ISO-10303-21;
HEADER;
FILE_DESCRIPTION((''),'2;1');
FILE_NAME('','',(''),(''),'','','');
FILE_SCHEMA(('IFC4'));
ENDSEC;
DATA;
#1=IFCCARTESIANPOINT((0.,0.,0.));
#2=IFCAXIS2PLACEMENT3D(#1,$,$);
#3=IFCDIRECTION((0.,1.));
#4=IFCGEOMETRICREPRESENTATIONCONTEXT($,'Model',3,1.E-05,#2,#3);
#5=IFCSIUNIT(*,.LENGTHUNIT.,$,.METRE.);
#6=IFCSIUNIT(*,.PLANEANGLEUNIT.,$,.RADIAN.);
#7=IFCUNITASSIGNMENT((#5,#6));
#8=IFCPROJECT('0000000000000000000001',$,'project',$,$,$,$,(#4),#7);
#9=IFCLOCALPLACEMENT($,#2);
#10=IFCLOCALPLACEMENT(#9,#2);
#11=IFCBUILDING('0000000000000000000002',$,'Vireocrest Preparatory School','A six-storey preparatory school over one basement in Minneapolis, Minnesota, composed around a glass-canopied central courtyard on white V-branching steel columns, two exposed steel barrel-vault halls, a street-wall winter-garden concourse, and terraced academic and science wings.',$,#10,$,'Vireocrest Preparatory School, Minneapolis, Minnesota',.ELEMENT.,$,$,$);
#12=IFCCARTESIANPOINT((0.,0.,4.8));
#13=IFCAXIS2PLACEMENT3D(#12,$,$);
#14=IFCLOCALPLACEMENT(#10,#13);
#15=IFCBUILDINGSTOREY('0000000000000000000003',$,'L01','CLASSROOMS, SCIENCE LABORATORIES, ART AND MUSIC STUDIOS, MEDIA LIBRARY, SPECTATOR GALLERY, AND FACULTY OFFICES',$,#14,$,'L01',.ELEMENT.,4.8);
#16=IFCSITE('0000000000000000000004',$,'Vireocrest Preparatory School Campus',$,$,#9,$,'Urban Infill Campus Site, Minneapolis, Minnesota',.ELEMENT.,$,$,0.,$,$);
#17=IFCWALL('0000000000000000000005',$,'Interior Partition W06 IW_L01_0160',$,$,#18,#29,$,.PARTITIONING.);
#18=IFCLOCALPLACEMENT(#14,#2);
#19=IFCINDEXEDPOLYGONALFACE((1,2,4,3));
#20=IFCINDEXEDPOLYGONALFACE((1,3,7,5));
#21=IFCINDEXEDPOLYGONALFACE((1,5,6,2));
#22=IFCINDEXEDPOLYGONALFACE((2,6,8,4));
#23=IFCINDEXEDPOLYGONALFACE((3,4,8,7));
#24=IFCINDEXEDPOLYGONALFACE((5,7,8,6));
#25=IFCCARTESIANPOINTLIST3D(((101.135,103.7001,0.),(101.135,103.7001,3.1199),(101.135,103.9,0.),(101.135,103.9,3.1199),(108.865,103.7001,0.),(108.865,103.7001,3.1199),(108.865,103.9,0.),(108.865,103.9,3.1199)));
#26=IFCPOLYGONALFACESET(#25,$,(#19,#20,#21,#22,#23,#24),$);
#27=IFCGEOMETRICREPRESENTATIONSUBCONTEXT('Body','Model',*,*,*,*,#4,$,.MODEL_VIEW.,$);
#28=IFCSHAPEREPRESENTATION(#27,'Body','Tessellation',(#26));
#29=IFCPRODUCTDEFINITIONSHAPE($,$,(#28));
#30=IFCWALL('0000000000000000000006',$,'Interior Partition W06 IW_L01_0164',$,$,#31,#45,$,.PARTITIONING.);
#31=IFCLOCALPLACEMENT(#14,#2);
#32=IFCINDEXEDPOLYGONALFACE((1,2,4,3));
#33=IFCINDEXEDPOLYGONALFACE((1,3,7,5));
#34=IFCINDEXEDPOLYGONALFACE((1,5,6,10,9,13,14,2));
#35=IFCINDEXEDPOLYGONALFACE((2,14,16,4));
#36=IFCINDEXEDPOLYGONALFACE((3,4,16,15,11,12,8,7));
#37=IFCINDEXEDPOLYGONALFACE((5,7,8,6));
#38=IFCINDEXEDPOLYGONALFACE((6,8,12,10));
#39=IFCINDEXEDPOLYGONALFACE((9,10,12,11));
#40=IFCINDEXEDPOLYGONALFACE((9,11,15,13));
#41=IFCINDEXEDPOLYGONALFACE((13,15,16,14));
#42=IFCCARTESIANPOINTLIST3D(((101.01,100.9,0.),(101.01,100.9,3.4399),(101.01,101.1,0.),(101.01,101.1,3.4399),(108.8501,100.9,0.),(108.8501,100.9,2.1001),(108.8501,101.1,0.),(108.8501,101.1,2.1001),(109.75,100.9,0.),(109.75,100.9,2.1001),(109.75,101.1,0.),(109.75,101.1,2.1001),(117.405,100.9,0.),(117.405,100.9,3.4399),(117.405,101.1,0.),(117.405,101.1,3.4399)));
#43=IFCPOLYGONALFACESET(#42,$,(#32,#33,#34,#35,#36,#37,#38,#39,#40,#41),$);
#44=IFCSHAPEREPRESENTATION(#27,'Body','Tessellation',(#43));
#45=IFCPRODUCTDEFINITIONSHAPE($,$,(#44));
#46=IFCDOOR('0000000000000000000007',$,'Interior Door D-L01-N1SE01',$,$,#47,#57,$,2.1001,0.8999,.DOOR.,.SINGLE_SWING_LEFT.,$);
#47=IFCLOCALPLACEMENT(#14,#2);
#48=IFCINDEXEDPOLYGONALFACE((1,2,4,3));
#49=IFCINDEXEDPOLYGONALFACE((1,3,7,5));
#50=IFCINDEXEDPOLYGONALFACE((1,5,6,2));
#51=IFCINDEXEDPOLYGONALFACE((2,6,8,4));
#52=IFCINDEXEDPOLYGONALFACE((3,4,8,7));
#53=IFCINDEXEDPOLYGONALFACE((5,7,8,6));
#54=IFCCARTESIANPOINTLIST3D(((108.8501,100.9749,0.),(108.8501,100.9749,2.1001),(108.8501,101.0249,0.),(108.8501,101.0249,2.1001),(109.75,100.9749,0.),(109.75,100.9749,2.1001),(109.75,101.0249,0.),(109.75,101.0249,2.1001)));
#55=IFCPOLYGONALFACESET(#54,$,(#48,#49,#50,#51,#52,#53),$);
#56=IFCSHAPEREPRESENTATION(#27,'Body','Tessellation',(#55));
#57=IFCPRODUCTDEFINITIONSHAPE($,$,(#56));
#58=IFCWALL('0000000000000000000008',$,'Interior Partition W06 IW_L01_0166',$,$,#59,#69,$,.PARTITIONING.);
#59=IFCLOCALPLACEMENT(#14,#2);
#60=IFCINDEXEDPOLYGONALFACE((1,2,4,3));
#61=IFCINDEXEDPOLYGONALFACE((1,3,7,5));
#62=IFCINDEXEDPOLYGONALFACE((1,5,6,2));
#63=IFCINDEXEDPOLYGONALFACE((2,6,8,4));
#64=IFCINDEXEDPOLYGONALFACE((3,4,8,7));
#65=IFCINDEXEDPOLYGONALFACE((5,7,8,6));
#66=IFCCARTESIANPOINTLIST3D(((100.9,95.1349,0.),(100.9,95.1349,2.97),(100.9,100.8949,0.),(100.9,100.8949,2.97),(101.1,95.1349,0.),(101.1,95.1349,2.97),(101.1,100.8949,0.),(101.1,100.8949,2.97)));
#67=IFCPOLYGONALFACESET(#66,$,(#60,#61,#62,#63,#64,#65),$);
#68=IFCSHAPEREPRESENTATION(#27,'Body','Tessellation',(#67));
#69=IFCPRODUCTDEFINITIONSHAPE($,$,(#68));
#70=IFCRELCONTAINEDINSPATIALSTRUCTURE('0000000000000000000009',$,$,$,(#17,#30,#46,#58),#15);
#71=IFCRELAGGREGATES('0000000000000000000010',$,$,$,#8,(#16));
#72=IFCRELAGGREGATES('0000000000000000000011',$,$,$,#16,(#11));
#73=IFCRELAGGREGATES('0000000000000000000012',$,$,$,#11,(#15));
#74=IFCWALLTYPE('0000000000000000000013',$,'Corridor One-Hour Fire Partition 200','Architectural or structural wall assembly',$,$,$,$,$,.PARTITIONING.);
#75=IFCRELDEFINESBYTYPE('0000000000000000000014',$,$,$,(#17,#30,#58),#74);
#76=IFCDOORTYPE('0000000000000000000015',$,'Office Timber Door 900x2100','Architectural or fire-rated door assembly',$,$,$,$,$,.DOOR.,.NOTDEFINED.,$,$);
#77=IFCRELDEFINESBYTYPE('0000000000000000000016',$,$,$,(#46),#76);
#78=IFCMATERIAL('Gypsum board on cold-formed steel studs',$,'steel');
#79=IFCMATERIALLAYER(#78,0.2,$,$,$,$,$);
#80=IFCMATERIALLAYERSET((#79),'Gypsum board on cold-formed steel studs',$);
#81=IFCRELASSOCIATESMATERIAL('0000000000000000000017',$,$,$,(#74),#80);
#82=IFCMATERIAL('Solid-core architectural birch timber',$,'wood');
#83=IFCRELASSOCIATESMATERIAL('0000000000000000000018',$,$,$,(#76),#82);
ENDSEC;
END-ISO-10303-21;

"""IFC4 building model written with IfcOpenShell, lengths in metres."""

from ifc_helpers import new_model, si_unit, direction, frame, frame_2d, origin, place, context, subcontext, project, spatial, rectangle, extrude, material, layer, layer_set, type_object, element, fill, save


model = new_model("IFC4")

# Units and contexts
model_context = context("Model", 3, precision=1e-05, world=origin(), true_north=direction((0.0, 1.0)))
body_context = subcontext(model_context, "Body", "Model", "MODEL_VIEW")
ifc_project = project(units=[si_unit("LENGTHUNIT", "METRE"), si_unit("PLANEANGLEUNIT", "RADIAN")], contexts=[model_context])

# Site, building, storey
site_placement = place(None, origin())
site = spatial("IfcSite", under=ifc_project, at=site_placement, Name="Vireocrest Preparatory School Campus", LongName="Urban Infill Campus Site, Minneapolis, Minnesota", CompositionType="ELEMENT", RefElevation=0.0)
building_placement = place(site_placement, origin())
building = spatial("IfcBuilding", under=site, at=building_placement, Name="Vireocrest Preparatory School", Description="A six-storey preparatory school over one basement in Minneapolis, Minnesota, composed around a glass-canopied central courtyard on white V-branching steel columns, two exposed steel barrel-vault halls, a street-wall winter-garden concourse, and terraced academic and science wings.", LongName="Vireocrest Preparatory School, Minneapolis, Minnesota", CompositionType="ELEMENT")
storey_placement = place(building_placement, frame((0.0, 0.0, 4.8)))
storey = spatial("IfcBuildingStorey", under=building, at=storey_placement, Name="L01", Description="CLASSROOMS, SCIENCE LABORATORIES, ART AND MUSIC STUDIOS, MEDIA LIBRARY, SPECTATOR GALLERY, AND FACULTY OFFICES", LongName="L01", CompositionType="ELEMENT", Elevation=4.8)

# Shared definitions
ifc_material_1 = material(Name="Gypsum board on cold-formed steel studs", Category="steel")

# Shared definitions
ifc_layer_1 = layer(ifc_material_1, 0.2)
ifc_layer_set_1 = layer_set([ifc_layer_1], Name="Gypsum board on cold-formed steel studs")
wall_type_1 = type_object("IfcWallType", Name="Corridor One-Hour Fire Partition 200", Description="Architectural or structural wall assembly", PredefinedType="PARTITIONING", material=ifc_layer_set_1)
ifc_material_2 = material(Name="Solid-core architectural birch timber", Category="wood")
door_type = type_object("IfcDoorType", Name="Office Timber Door 900x2100", Description="Architectural or fire-rated door assembly", OperationType="NOTDEFINED", PredefinedType="DOOR", material=ifc_material_2)

# Wall
wall_1_placement = place(storey_placement, frame((101.135, 103.8, 0.0), z_axis=(0.0, 0.0, 1.0), x_axis=(1.0, 0.0, 0.0)))
element("IfcWall", 1, at=wall_1_placement, inside=storey, type_object=wall_type_1, Name="Interior Partition W06 IW_L01_0160", PredefinedType="PARTITIONING", context=body_context, shape_type="SweptSolid", body=[
    extrude(rectangle(XDim=7.73, YDim=0.2, at=frame_2d((3.865, 0.0))), origin(), (0.0, 0.0, 1.0), 3.1199),
])

# Wall, opening, door
wall_2_placement = place(storey_placement, frame((101.01, 101.0, 0.0), z_axis=(0.0, 0.0, 1.0), x_axis=(1.0, 0.0, 0.0)))
wall_2 = element("IfcWall", 2, at=wall_2_placement, inside=storey, type_object=wall_type_1, Name="Interior Partition W06 IW_L01_0164", PredefinedType="PARTITIONING", context=body_context, shape_type="SweptSolid", body=[
    extrude(rectangle(XDim=16.395, YDim=0.2, at=frame_2d((8.1975, 0.0))), origin(), (0.0, 0.0, 1.0), 3.4399),
])
opening_1_placement = place(wall_2_placement, frame((7.8401, 0.0, 0.0)))
opening_1 = element("IfcOpeningElement", 3, at=opening_1_placement, cuts=wall_2, PredefinedType="OPENING", context=body_context, shape_type="SweptSolid", body=[
    extrude(rectangle(XDim=0.8999, YDim=2.1001, at=frame_2d((0.45, 1.05))), frame((0.0, 0.1099, 0.0), z_axis=(0.0, -1.0, 0.0), x_axis=(1.0, 0.0, 0.0)), (0.0, 0.0, 1.0), 0.22),
])
door_1_placement = place(opening_1_placement, origin())
door_1 = element("IfcDoor", 4, at=door_1_placement, inside=storey, type_object=door_type, Name="Interior Door D-L01-N1SE01", OperationType="SINGLE_SWING_LEFT", OverallHeight=2.1001, OverallWidth=0.8999, PredefinedType="DOOR", context=body_context, shape_type="SweptSolid", body=[
    extrude(rectangle(XDim=0.8999, YDim=2.1001, at=frame_2d((0.45, 1.05))), frame((0.0, 0.0249, 0.0), z_axis=(0.0, -1.0, 0.0), x_axis=(1.0, 0.0, 0.0)), (0.0, 0.0, 1.0), 0.05),
])
fill(opening_1, door_1)

# Wall
wall_3_placement = place(storey_placement, frame((101.0, 95.135, 0.0), z_axis=(0.0, 0.0, 1.0), x_axis=(0.0, 1.0, 0.0)))
element("IfcWall", 5, at=wall_3_placement, inside=storey, type_object=wall_type_1, Name="Interior Partition W06 IW_L01_0166", PredefinedType="PARTITIONING", context=body_context, shape_type="SweptSolid", body=[
    extrude(rectangle(XDim=5.76, YDim=0.2, at=frame_2d((2.8799, 0.0))), origin(), (0.0, 0.0, 1.0), 2.97),
])

save(model, "model.ifc")
